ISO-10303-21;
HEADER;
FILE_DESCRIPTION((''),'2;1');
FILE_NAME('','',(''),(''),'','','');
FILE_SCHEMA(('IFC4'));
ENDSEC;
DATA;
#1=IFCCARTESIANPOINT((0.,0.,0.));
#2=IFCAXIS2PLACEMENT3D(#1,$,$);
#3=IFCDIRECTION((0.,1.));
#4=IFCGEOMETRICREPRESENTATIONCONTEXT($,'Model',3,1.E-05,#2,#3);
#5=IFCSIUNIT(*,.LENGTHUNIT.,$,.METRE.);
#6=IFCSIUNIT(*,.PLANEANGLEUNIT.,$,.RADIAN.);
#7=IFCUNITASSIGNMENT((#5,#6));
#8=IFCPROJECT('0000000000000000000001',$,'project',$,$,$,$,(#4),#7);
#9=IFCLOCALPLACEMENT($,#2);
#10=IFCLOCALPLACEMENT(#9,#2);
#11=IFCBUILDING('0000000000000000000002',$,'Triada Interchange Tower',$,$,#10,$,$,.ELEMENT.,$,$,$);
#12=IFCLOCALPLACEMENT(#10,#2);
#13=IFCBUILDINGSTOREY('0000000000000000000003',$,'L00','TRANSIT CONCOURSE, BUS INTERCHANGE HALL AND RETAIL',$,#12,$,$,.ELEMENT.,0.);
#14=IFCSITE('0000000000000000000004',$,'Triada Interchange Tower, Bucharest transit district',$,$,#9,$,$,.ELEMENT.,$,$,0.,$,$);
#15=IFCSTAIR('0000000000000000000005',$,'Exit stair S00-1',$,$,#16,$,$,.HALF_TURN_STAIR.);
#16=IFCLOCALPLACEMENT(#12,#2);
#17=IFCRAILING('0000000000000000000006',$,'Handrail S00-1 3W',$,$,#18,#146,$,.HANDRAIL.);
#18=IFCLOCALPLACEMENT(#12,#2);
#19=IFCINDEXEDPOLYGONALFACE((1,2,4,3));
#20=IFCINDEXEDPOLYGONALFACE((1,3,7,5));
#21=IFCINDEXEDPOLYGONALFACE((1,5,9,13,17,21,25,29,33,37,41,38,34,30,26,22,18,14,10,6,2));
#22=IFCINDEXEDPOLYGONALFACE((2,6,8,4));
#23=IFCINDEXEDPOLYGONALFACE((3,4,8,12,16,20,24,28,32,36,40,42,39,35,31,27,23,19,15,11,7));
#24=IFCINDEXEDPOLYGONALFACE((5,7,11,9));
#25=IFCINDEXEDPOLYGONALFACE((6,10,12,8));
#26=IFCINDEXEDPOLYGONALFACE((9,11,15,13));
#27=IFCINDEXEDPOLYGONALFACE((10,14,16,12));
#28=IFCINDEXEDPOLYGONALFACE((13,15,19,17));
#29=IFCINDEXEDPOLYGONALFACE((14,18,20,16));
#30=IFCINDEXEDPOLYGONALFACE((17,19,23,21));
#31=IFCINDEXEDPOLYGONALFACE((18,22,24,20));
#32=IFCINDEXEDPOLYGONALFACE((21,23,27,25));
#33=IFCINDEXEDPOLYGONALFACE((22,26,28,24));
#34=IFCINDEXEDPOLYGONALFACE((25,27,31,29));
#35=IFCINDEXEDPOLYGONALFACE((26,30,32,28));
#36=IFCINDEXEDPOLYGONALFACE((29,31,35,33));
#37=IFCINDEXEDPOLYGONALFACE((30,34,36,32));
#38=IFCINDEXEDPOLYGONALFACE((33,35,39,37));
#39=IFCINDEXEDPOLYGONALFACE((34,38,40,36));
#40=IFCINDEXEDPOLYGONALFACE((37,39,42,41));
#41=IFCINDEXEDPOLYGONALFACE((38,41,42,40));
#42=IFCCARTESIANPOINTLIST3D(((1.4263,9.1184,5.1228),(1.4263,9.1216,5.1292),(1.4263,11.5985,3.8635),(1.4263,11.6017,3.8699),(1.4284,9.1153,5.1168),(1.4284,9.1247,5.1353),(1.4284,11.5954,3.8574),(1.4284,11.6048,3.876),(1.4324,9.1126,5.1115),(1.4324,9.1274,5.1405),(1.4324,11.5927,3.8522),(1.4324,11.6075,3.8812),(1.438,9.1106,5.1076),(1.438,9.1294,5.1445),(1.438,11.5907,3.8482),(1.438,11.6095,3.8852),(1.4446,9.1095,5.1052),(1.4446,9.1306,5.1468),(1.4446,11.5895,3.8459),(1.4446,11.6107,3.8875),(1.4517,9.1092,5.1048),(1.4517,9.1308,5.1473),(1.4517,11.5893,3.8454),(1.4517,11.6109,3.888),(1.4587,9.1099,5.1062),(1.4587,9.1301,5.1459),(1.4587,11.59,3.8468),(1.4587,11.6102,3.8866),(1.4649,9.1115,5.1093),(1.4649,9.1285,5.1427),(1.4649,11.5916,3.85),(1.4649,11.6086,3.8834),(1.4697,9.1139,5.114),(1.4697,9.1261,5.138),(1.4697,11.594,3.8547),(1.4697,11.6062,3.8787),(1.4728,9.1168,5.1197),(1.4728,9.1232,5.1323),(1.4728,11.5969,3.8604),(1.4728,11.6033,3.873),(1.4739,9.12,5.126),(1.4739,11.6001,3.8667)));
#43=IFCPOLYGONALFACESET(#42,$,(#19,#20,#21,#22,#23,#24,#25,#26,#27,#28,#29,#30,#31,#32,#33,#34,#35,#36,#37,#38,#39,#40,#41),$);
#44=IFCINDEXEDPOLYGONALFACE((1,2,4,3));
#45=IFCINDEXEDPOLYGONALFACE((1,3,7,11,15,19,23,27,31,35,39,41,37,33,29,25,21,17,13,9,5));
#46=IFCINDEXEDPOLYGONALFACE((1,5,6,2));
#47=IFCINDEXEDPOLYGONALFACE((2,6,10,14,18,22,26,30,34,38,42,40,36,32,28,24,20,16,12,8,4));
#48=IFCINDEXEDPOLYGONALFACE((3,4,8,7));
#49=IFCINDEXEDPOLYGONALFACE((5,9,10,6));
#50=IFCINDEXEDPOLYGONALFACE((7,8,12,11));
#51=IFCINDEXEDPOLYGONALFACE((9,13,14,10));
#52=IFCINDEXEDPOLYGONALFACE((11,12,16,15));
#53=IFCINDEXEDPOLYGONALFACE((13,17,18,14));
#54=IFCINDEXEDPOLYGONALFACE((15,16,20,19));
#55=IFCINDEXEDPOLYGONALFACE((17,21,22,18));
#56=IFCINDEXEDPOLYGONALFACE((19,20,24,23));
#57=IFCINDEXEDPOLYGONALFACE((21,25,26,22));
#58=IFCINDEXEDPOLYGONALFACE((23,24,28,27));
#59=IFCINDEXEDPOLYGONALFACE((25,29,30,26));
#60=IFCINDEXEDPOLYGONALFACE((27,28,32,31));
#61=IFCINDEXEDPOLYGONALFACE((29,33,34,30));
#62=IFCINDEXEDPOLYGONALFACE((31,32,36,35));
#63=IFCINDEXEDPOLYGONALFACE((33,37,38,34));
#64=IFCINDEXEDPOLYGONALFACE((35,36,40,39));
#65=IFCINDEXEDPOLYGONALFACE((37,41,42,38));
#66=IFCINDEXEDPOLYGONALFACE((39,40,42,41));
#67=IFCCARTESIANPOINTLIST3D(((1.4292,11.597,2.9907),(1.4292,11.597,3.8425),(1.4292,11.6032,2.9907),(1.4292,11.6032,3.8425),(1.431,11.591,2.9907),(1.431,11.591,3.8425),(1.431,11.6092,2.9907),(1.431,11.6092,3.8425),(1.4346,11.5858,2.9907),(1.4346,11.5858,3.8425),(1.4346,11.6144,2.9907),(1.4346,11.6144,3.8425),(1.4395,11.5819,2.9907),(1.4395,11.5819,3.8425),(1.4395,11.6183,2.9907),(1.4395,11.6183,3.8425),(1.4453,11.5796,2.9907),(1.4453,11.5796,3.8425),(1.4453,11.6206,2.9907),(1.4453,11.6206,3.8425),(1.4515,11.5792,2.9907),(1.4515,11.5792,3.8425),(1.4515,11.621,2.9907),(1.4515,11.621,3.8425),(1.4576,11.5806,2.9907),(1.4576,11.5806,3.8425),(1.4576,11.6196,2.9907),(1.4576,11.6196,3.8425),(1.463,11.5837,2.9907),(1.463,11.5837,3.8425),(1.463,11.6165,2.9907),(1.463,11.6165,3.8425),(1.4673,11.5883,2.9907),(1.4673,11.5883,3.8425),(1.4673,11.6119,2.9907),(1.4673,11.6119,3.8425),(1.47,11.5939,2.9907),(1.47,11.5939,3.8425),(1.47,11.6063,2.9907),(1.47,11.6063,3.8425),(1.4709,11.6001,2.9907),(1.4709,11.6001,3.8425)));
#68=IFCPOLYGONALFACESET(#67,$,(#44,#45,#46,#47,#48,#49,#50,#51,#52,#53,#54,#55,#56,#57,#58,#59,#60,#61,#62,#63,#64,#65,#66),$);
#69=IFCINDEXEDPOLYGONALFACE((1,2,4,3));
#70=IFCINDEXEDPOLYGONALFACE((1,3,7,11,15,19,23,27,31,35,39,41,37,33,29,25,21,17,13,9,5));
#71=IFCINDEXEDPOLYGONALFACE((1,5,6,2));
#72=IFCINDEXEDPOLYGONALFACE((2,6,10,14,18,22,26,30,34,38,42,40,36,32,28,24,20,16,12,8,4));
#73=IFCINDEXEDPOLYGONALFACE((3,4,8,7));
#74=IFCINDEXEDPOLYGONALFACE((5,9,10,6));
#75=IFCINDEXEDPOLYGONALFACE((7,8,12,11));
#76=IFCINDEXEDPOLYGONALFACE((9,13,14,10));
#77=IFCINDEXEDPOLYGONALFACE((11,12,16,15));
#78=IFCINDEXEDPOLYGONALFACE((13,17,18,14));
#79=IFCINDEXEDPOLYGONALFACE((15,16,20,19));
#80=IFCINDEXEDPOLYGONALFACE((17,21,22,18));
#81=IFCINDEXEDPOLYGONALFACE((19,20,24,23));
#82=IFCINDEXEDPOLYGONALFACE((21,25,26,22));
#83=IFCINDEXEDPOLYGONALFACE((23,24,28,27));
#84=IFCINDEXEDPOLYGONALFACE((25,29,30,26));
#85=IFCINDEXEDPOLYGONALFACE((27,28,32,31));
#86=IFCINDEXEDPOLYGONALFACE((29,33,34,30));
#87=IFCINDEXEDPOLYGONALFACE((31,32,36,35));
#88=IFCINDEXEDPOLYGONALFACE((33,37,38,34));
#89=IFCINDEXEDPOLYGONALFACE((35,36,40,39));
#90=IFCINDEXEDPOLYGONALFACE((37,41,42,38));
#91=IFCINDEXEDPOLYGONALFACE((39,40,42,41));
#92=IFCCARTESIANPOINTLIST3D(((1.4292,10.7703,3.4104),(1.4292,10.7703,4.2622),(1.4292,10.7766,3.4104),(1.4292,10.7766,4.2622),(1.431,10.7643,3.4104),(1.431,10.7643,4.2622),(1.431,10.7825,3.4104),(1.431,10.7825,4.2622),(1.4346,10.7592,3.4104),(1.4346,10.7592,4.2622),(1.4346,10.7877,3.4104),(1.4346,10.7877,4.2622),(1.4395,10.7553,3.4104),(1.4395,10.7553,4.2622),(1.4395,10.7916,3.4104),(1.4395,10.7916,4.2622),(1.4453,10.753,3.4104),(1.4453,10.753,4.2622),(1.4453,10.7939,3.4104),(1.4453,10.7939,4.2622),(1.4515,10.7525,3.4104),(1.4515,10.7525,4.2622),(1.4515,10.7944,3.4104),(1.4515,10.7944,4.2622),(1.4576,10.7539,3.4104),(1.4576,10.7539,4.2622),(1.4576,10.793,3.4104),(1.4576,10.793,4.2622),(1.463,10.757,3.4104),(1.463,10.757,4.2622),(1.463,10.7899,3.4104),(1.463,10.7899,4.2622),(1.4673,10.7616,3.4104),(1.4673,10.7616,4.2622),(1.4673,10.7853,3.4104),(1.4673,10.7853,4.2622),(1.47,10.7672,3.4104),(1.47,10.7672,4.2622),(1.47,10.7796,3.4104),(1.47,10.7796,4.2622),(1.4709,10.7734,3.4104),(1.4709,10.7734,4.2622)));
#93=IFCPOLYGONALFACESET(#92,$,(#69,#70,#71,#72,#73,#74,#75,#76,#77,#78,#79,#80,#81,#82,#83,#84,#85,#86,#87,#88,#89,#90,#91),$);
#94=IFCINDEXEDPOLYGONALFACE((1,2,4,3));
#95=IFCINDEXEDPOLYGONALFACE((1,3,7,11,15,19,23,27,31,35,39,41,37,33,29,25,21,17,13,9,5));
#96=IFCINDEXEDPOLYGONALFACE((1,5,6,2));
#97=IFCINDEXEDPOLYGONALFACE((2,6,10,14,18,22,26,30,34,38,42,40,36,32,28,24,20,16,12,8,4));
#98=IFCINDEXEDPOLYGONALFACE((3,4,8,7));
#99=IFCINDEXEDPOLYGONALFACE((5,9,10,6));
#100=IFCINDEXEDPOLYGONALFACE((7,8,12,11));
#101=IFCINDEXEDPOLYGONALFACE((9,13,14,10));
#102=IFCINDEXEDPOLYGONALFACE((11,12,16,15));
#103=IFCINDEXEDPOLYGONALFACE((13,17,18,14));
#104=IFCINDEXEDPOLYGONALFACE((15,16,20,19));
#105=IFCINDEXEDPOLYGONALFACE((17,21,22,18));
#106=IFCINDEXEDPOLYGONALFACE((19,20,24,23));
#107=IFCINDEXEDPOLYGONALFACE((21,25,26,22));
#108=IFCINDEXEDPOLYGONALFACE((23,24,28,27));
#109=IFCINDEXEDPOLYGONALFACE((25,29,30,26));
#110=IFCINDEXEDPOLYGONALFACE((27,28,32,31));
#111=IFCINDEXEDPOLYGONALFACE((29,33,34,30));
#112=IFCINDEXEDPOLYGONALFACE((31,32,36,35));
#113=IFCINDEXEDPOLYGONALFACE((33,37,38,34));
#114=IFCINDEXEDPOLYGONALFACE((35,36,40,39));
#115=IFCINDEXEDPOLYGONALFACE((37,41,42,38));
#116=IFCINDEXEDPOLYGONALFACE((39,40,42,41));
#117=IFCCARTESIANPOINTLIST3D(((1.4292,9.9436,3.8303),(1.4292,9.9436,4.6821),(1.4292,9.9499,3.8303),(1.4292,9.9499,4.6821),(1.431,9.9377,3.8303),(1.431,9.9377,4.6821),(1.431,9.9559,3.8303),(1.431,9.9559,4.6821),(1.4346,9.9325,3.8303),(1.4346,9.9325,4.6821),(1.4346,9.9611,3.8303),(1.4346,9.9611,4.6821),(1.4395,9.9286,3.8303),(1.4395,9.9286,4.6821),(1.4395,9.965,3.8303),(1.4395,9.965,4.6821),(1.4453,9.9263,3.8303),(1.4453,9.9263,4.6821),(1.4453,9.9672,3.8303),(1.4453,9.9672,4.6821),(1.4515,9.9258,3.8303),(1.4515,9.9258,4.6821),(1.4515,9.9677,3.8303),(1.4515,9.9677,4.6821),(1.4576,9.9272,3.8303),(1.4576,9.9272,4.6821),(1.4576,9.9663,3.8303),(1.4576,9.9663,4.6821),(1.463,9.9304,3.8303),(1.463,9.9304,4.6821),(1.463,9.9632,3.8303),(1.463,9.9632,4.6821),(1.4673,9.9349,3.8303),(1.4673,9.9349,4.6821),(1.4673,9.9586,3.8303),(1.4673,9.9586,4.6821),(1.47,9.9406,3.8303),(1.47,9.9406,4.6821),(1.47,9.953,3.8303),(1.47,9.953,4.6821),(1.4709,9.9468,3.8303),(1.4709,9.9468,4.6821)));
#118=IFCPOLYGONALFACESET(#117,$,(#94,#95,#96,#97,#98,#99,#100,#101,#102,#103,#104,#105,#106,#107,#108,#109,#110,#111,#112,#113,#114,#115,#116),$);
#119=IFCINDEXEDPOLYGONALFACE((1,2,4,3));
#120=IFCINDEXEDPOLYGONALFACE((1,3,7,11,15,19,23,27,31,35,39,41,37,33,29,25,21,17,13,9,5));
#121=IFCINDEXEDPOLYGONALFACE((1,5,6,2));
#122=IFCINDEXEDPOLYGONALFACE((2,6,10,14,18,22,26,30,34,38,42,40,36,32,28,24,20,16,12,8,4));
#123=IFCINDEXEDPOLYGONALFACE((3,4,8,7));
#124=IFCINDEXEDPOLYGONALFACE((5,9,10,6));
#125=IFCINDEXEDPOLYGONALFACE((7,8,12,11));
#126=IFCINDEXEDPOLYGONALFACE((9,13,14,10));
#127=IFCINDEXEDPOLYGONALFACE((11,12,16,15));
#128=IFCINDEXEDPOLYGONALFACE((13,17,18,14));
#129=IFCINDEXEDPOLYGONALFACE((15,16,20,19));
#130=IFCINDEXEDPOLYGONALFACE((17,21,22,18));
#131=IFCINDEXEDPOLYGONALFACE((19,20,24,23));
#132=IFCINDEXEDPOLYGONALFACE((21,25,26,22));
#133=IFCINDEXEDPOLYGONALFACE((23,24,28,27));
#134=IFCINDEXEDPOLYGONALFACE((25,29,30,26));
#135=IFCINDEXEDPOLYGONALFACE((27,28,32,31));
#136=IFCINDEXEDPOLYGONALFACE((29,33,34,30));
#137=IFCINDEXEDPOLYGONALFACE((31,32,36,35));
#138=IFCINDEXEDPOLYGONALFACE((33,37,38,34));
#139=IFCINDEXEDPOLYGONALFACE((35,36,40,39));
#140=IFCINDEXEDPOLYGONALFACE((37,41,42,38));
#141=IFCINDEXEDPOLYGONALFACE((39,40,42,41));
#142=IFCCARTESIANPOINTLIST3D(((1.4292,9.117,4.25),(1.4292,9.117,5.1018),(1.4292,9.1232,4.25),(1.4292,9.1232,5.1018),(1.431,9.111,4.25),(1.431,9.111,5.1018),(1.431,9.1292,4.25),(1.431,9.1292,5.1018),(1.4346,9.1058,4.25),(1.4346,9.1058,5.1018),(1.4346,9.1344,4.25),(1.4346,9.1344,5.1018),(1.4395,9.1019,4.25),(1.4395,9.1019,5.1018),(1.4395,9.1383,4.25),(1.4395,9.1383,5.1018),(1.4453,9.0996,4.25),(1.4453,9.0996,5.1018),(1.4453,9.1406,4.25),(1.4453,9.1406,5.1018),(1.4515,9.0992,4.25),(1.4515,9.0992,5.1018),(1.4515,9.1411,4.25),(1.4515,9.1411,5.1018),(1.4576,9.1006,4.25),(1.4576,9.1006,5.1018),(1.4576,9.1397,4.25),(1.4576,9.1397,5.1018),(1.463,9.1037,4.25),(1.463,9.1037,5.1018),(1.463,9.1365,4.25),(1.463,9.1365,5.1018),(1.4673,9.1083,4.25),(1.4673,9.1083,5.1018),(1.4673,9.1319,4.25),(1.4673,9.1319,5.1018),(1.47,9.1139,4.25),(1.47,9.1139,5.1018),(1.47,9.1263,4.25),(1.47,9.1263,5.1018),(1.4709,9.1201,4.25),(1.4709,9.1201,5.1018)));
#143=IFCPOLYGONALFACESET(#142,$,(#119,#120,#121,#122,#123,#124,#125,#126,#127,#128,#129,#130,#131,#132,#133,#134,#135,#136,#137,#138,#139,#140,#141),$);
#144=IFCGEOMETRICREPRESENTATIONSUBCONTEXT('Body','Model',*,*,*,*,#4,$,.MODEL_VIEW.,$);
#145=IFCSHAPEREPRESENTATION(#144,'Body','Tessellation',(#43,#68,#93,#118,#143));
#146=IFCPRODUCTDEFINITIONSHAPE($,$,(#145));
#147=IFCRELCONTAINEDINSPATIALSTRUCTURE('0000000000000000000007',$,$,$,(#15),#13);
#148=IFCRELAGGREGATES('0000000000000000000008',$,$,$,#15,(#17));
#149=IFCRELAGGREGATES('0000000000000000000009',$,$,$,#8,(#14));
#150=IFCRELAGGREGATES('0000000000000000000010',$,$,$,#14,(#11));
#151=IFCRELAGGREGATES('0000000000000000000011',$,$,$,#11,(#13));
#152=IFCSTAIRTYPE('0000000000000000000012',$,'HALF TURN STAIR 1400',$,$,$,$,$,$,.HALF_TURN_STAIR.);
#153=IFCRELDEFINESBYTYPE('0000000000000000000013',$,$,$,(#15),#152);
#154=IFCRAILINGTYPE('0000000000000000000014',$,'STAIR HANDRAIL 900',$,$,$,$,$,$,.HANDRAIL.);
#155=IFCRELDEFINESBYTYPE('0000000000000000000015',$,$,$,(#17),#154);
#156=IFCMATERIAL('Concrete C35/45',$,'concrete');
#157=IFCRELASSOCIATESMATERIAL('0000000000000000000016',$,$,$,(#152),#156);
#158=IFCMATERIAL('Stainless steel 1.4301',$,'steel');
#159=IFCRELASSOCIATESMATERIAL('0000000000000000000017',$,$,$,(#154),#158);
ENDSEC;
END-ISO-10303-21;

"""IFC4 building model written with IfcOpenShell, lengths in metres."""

from ifc_helpers import new_model, si_unit, direction, frame, origin, origin_2d, place, context, subcontext, project, spatial, circle, extrude, material, type_object, element, aggregate, save


model = new_model("IFC4")

# Units and contexts
model_context = context("Model", 3, precision=1e-05, world=origin(), true_north=direction((0.0, 1.0)))
body_context = subcontext(model_context, "Body", "Model", "MODEL_VIEW")
ifc_project = project(units=[si_unit("LENGTHUNIT", "METRE"), si_unit("PLANEANGLEUNIT", "RADIAN")], contexts=[model_context])

# Site, building, storey
site_placement = place(None, origin())
site = spatial("IfcSite", under=ifc_project, at=site_placement, Name="Triada Interchange Tower, Bucharest transit district", CompositionType="ELEMENT", RefElevation=0.0)
building_placement = place(site_placement, origin())
building = spatial("IfcBuilding", under=site, at=building_placement, Name="Triada Interchange Tower", CompositionType="ELEMENT")
storey_placement = place(building_placement, origin())
storey = spatial("IfcBuildingStorey", under=building, at=storey_placement, Name="L00", Description="TRANSIT CONCOURSE, BUS INTERCHANGE HALL AND RETAIL", CompositionType="ELEMENT", Elevation=0.0)

# Shared definitions
ifc_material_1 = material(Name="Concrete C35/45", Category="concrete")
stair_type = type_object("IfcStairType", Name="HALF TURN STAIR 1400", PredefinedType="HALF_TURN_STAIR", material=ifc_material_1)

# Stair, railing
stair_1_placement = place(storey_placement, origin())
stair_1 = element("IfcStair", 1, at=stair_1_placement, inside=storey, type_object=stair_type, Name="Exit stair S00-1", PredefinedType="HALF_TURN_STAIR")
ifc_material_2 = material(Name="Stainless steel 1.4301", Category="steel")
railing_type = type_object("IfcRailingType", Name="STAIR HANDRAIL 900", PredefinedType="HANDRAIL", material=ifc_material_2)
railing_1_placement = place(storey_placement, frame((1.45, 11.6001, 2.9907)))
railing_1 = element("IfcRailing", 2, at=railing_1_placement, type_object=railing_type, Name="Handrail S00-1 3W", PredefinedType="HANDRAIL", context=body_context, shape_type="SweptSolid", body=[
    extrude(circle(Radius=0.0239, at=origin_2d()), frame((0.0, 0.0, 0.876), z_axis=(0.0, -0.891636, 0.452752), x_axis=(1.0, 0.0, 0.0)), (0.0, 0.0, 1.0), 2.7815),
    extrude(circle(Radius=0.021, at=origin_2d()), origin(), (0.0, 0.0, 1.0), 0.8518),
    extrude(circle(Radius=0.021, at=origin_2d()), frame((0.0, -0.8267, 0.4197)), (0.0, 0.0, 1.0), 0.8518),
    extrude(circle(Radius=0.021, at=origin_2d()), frame((0.0, -1.6533, 0.8396)), (0.0, 0.0, 1.0), 0.8518),
    extrude(circle(Radius=0.021, at=origin_2d()), frame((0.0, -2.48, 1.2593)), (0.0, 0.0, 1.0), 0.8518),
])
aggregate(stair_1, [railing_1])

save(model, "model.ifc")
